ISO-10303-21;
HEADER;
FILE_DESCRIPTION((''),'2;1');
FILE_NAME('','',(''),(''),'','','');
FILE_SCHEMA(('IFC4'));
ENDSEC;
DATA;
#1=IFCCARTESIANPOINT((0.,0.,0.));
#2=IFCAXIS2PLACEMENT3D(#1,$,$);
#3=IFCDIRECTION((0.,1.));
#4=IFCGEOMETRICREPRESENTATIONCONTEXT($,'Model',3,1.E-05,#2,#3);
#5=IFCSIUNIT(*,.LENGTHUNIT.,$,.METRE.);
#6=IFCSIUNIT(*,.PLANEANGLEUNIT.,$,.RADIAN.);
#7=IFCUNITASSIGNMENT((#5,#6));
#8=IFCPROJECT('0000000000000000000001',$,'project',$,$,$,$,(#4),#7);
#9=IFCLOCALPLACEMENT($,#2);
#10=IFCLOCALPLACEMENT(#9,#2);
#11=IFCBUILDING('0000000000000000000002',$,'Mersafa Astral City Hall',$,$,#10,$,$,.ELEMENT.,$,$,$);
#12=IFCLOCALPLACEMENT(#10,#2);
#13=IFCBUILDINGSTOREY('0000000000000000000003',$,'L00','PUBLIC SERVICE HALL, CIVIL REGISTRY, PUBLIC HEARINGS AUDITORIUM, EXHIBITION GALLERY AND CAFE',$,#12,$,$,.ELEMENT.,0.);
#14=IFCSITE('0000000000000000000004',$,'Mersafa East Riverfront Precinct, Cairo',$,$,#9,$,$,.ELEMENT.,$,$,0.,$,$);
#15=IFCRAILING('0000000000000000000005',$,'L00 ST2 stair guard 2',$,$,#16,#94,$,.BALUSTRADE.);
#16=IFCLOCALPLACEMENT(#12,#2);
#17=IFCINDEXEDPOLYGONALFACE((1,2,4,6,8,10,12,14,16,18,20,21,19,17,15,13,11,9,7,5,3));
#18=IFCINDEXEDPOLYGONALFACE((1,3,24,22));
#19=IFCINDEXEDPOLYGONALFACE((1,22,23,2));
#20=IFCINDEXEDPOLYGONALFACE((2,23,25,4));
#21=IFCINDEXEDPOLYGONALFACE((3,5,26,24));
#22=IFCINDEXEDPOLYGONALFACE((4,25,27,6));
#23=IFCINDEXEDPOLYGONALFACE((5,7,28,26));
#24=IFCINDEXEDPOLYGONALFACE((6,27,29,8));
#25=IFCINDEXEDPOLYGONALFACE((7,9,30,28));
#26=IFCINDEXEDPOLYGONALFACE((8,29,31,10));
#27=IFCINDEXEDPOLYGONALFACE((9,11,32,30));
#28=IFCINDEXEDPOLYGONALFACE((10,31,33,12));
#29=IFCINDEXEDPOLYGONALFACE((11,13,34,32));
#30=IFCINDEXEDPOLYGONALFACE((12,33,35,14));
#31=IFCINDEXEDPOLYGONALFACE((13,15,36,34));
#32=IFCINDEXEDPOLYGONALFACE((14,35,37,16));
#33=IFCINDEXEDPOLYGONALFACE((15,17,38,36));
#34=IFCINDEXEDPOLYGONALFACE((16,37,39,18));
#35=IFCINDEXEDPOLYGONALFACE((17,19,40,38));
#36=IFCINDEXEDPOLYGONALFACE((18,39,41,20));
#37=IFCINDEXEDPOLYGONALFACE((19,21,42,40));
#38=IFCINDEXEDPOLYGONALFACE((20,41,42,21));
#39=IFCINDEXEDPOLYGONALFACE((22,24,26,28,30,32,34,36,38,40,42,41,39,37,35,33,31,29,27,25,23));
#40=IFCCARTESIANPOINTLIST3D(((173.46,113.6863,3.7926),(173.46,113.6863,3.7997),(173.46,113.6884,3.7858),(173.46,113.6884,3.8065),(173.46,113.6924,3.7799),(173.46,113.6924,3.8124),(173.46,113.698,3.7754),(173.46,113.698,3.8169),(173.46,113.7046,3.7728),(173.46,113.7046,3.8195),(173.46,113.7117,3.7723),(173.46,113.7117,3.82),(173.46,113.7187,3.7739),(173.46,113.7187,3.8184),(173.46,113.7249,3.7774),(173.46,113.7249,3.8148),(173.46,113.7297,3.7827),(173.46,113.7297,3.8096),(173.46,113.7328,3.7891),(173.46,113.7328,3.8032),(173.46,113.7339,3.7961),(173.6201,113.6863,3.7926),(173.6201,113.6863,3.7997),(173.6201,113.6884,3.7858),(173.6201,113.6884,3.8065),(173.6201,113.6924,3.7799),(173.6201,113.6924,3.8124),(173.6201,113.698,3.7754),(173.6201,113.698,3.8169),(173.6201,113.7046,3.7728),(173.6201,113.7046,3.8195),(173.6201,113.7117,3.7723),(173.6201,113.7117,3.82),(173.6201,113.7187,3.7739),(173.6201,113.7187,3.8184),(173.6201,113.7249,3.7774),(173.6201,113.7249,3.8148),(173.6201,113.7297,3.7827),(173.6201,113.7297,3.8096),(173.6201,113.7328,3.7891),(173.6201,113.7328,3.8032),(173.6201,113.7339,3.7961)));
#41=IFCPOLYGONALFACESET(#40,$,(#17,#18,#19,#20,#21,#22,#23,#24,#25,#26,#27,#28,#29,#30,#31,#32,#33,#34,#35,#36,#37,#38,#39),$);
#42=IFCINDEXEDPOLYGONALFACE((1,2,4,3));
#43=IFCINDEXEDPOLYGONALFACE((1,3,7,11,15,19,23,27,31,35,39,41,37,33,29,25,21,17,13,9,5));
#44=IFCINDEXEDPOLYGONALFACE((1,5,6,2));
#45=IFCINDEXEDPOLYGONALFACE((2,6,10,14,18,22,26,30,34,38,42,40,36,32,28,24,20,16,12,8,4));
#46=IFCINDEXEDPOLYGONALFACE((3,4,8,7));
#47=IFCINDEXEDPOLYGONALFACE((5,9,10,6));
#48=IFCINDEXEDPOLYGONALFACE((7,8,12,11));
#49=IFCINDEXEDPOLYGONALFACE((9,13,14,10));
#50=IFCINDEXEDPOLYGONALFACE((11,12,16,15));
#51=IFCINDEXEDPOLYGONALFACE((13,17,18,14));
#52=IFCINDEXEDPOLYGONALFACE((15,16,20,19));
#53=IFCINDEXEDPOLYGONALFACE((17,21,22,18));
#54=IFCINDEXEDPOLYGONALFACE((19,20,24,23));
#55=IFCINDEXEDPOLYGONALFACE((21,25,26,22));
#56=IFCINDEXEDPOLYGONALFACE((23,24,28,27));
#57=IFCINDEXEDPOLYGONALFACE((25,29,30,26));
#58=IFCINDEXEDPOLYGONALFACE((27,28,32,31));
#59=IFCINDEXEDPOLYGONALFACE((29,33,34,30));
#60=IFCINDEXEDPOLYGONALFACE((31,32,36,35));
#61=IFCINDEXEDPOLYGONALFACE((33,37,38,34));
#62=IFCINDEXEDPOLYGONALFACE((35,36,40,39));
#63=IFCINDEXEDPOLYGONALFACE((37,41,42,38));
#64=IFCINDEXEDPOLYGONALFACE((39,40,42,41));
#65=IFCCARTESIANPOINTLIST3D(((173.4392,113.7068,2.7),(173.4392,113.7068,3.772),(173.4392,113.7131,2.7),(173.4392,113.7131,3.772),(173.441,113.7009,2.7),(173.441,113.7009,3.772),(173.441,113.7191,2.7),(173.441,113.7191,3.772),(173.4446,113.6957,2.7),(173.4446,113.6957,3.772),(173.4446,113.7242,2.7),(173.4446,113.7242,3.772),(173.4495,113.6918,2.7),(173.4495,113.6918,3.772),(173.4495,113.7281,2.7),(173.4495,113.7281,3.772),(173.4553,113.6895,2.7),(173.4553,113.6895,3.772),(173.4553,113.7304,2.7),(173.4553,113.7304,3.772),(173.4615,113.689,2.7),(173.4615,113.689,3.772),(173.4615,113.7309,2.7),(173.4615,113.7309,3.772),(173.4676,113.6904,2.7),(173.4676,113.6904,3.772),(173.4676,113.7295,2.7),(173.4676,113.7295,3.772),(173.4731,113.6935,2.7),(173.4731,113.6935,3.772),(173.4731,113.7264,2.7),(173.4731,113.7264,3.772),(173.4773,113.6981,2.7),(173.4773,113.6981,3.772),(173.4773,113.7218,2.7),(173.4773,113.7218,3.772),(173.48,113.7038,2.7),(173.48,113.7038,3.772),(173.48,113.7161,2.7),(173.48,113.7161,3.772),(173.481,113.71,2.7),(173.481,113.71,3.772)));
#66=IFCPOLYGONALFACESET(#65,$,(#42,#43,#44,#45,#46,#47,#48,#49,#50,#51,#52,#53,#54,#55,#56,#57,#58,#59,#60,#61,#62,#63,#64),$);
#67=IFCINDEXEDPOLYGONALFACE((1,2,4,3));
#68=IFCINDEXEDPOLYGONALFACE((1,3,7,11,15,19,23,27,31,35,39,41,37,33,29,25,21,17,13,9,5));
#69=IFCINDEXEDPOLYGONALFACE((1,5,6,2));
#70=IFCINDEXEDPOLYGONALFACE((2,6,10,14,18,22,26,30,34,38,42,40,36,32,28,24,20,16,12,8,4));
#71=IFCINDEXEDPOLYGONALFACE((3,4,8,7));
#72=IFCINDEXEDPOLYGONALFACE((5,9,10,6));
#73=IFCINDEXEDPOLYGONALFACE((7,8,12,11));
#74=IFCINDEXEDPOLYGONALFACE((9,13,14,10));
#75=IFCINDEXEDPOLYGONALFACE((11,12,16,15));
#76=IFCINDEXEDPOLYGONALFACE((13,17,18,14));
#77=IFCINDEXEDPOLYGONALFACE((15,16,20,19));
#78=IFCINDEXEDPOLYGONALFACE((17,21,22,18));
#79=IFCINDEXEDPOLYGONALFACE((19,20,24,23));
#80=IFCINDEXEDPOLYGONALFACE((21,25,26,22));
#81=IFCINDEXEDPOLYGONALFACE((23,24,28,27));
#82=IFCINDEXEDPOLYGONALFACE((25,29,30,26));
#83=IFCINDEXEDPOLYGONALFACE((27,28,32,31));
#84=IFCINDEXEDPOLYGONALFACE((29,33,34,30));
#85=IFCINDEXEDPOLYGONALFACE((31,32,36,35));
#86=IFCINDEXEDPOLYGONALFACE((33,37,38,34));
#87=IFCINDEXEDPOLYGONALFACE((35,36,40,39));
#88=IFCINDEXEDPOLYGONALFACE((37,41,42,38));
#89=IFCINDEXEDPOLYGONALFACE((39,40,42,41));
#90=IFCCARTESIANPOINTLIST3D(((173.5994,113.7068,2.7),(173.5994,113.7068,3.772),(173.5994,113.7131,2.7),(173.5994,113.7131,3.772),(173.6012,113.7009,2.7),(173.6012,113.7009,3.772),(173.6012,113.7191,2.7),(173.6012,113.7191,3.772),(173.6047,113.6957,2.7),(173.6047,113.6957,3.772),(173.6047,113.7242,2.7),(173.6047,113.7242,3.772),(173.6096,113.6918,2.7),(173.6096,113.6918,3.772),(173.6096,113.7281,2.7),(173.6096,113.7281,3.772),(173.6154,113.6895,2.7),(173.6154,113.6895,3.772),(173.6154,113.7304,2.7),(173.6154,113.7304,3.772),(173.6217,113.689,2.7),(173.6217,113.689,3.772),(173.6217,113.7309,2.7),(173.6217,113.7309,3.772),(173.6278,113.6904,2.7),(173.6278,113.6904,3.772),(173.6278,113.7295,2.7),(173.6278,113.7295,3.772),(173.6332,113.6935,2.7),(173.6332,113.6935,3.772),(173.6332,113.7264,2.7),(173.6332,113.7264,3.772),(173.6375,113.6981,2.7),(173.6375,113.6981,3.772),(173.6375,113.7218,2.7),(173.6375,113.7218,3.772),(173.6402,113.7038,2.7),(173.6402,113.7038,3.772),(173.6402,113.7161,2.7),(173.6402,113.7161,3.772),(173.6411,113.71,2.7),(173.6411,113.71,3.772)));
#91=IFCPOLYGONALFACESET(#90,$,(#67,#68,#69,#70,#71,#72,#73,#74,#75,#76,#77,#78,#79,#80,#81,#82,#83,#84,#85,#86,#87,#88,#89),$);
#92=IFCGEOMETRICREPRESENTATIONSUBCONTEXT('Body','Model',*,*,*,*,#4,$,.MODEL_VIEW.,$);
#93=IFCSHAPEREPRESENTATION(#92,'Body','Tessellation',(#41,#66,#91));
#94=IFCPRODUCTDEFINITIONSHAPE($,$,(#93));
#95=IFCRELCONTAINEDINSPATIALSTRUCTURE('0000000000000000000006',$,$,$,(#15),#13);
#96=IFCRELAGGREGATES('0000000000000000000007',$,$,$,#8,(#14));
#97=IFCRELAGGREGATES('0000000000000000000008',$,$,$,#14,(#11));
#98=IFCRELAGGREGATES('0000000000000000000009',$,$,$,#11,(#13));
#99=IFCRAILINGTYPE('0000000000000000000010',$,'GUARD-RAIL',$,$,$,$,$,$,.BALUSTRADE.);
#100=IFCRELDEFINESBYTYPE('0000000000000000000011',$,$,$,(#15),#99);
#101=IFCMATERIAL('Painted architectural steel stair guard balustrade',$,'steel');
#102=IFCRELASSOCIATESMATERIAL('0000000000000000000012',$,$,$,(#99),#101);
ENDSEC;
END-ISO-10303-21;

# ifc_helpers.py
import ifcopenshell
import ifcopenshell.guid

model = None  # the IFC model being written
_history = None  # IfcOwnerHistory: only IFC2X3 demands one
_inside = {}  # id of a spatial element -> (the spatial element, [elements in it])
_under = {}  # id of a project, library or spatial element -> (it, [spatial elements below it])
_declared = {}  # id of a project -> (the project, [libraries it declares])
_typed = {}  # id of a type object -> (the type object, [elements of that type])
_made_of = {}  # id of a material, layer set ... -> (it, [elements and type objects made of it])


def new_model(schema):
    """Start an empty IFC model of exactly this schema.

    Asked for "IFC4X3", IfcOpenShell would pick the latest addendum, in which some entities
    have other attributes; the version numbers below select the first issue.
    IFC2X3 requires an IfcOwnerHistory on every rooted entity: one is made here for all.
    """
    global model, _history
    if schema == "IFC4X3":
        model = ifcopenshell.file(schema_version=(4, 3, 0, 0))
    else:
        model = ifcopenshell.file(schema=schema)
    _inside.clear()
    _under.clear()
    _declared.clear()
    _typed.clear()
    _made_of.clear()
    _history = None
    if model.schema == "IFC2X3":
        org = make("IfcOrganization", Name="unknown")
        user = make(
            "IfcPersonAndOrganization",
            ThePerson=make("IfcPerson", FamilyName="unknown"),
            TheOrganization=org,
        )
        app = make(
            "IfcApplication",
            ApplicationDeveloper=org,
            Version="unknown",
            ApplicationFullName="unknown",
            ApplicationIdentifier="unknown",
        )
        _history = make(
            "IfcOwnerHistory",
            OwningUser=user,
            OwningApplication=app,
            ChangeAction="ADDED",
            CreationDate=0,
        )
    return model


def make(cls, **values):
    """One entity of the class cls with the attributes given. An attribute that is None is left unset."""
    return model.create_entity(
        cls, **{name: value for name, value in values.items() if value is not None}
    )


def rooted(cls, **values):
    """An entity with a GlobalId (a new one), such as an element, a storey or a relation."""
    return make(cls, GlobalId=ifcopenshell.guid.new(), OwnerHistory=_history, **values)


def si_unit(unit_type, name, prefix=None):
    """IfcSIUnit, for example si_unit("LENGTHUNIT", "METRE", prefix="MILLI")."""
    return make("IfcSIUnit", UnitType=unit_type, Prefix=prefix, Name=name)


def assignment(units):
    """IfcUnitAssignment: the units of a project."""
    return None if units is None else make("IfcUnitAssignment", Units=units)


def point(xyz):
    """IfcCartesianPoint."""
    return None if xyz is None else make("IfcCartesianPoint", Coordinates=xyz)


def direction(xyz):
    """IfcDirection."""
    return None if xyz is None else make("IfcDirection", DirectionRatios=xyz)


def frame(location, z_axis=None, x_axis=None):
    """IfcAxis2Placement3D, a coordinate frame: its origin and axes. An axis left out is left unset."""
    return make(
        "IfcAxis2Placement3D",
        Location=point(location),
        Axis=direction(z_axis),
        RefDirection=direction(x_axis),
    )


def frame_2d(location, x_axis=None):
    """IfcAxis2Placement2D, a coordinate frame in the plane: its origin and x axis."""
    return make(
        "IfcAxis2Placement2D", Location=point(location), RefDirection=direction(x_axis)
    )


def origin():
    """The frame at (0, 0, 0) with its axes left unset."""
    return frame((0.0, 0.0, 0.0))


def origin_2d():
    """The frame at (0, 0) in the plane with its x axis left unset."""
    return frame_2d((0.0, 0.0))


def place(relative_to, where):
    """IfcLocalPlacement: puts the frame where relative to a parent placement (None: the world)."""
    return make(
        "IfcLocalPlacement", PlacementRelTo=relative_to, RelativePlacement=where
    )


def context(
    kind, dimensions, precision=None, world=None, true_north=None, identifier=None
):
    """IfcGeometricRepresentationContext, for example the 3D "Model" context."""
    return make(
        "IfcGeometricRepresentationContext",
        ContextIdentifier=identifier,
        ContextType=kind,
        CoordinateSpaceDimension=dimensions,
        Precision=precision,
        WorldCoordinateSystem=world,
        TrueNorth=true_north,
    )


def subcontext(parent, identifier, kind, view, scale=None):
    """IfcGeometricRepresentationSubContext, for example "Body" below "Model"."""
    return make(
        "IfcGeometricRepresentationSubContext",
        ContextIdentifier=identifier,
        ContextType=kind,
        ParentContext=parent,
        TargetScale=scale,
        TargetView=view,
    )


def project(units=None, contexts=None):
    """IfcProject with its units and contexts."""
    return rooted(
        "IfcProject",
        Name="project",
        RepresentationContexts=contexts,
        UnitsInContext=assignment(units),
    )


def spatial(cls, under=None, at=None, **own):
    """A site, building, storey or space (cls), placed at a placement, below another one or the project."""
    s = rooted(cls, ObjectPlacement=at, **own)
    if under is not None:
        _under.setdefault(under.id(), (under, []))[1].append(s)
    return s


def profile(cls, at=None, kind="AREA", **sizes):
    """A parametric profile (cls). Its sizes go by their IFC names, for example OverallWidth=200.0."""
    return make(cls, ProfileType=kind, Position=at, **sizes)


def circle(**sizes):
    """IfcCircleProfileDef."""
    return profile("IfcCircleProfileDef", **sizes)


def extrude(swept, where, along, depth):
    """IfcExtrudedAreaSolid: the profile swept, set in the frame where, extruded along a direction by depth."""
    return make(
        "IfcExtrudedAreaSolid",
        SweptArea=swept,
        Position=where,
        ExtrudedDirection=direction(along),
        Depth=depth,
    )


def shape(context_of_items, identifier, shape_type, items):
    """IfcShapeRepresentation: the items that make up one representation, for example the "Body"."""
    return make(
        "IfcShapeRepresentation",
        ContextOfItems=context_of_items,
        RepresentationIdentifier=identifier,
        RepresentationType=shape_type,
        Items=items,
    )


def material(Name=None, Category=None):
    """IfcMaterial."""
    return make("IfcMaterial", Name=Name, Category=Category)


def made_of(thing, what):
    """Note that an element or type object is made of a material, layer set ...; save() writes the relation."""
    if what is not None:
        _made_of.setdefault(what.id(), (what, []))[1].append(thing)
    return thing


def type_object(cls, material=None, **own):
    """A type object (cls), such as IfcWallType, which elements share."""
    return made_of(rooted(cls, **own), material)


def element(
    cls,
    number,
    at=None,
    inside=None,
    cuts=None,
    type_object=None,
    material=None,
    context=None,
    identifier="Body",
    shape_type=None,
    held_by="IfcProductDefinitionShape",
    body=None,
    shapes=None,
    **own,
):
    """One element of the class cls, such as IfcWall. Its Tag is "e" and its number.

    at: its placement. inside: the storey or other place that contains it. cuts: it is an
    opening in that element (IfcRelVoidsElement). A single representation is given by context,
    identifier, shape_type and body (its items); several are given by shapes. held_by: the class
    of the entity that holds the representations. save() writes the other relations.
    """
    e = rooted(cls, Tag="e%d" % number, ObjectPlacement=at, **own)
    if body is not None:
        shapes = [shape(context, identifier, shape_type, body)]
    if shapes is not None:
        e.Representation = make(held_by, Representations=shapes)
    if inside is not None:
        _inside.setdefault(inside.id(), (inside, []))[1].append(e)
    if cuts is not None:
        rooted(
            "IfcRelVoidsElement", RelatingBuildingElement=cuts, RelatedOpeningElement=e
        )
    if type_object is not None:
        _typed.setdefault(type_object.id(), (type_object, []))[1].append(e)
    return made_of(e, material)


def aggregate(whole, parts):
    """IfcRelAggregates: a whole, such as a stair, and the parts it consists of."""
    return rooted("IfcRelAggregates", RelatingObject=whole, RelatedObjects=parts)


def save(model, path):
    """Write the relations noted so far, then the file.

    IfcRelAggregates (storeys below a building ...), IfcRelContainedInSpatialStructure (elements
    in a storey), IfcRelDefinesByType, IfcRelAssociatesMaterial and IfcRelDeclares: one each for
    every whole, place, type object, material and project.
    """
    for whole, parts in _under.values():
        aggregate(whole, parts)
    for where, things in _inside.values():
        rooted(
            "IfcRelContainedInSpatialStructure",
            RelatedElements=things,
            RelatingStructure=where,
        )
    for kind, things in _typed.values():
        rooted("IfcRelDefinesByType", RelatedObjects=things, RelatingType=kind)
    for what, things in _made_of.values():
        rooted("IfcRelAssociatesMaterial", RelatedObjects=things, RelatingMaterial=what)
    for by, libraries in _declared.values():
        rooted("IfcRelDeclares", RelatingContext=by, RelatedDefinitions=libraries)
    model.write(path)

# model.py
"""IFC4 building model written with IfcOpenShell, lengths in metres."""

from ifc_helpers import new_model, si_unit, direction, frame, origin, origin_2d, place, context, subcontext, project, spatial, circle, extrude, material, type_object, element, save


model = new_model("IFC4")

# Units and contexts
model_context = context("Model", 3, precision=1e-05, world=origin(), true_north=direction((0.0, 1.0)))
body_context = subcontext(model_context, "Body", "Model", "MODEL_VIEW")
ifc_project = project(units=[si_unit("LENGTHUNIT", "METRE"), si_unit("PLANEANGLEUNIT", "RADIAN")], contexts=[model_context])

# Site, building, storey
site_placement = place(None, origin())
site = spatial("IfcSite", under=ifc_project, at=site_placement, Name="Mersafa East Riverfront Precinct, Cairo", CompositionType="ELEMENT", RefElevation=0.0)
building_placement = place(site_placement, origin())
building = spatial("IfcBuilding", under=site, at=building_placement, Name="Mersafa Astral City Hall", CompositionType="ELEMENT")
storey_placement = place(building_placement, origin())
storey = spatial("IfcBuildingStorey", under=building, at=storey_placement, Name="L00", Description="PUBLIC SERVICE HALL, CIVIL REGISTRY, PUBLIC HEARINGS AUDITORIUM, EXHIBITION GALLERY AND CAFE", CompositionType="ELEMENT", Elevation=0.0)

# Railing
ifc_material_1 = material(Name="Painted architectural steel stair guard balustrade", Category="steel")
railing_type_1 = type_object("IfcRailingType", Name="GUARD-RAIL", PredefinedType="BALUSTRADE", material=ifc_material_1)
railing_1_placement = place(storey_placement, frame((173.46, 113.71, 2.7)))
element("IfcRailing", 1, at=railing_1_placement, inside=storey, type_object=railing_type_1, Name="L00 ST2 stair guard 2", PredefinedType="BALUSTRADE", context=body_context, shape_type="SweptSolid", body=[
    extrude(circle(Radius=0.0239, at=origin_2d()), frame((0.0, 0.0, 1.0962), z_axis=(1.0, 0.0, 0.0), x_axis=(0.0, 1.0, 0.0)), (0.0, 0.0, 1.0), 0.1602),
    extrude(circle(Radius=0.021, at=origin_2d()), origin(), (0.0, 0.0, 1.0), 1.072),
    extrude(circle(Radius=0.021, at=origin_2d()), frame((0.1602, 0.0, 0.0)), (0.0, 0.0, 1.0), 1.072),
])

save(model, "model.ifc")
